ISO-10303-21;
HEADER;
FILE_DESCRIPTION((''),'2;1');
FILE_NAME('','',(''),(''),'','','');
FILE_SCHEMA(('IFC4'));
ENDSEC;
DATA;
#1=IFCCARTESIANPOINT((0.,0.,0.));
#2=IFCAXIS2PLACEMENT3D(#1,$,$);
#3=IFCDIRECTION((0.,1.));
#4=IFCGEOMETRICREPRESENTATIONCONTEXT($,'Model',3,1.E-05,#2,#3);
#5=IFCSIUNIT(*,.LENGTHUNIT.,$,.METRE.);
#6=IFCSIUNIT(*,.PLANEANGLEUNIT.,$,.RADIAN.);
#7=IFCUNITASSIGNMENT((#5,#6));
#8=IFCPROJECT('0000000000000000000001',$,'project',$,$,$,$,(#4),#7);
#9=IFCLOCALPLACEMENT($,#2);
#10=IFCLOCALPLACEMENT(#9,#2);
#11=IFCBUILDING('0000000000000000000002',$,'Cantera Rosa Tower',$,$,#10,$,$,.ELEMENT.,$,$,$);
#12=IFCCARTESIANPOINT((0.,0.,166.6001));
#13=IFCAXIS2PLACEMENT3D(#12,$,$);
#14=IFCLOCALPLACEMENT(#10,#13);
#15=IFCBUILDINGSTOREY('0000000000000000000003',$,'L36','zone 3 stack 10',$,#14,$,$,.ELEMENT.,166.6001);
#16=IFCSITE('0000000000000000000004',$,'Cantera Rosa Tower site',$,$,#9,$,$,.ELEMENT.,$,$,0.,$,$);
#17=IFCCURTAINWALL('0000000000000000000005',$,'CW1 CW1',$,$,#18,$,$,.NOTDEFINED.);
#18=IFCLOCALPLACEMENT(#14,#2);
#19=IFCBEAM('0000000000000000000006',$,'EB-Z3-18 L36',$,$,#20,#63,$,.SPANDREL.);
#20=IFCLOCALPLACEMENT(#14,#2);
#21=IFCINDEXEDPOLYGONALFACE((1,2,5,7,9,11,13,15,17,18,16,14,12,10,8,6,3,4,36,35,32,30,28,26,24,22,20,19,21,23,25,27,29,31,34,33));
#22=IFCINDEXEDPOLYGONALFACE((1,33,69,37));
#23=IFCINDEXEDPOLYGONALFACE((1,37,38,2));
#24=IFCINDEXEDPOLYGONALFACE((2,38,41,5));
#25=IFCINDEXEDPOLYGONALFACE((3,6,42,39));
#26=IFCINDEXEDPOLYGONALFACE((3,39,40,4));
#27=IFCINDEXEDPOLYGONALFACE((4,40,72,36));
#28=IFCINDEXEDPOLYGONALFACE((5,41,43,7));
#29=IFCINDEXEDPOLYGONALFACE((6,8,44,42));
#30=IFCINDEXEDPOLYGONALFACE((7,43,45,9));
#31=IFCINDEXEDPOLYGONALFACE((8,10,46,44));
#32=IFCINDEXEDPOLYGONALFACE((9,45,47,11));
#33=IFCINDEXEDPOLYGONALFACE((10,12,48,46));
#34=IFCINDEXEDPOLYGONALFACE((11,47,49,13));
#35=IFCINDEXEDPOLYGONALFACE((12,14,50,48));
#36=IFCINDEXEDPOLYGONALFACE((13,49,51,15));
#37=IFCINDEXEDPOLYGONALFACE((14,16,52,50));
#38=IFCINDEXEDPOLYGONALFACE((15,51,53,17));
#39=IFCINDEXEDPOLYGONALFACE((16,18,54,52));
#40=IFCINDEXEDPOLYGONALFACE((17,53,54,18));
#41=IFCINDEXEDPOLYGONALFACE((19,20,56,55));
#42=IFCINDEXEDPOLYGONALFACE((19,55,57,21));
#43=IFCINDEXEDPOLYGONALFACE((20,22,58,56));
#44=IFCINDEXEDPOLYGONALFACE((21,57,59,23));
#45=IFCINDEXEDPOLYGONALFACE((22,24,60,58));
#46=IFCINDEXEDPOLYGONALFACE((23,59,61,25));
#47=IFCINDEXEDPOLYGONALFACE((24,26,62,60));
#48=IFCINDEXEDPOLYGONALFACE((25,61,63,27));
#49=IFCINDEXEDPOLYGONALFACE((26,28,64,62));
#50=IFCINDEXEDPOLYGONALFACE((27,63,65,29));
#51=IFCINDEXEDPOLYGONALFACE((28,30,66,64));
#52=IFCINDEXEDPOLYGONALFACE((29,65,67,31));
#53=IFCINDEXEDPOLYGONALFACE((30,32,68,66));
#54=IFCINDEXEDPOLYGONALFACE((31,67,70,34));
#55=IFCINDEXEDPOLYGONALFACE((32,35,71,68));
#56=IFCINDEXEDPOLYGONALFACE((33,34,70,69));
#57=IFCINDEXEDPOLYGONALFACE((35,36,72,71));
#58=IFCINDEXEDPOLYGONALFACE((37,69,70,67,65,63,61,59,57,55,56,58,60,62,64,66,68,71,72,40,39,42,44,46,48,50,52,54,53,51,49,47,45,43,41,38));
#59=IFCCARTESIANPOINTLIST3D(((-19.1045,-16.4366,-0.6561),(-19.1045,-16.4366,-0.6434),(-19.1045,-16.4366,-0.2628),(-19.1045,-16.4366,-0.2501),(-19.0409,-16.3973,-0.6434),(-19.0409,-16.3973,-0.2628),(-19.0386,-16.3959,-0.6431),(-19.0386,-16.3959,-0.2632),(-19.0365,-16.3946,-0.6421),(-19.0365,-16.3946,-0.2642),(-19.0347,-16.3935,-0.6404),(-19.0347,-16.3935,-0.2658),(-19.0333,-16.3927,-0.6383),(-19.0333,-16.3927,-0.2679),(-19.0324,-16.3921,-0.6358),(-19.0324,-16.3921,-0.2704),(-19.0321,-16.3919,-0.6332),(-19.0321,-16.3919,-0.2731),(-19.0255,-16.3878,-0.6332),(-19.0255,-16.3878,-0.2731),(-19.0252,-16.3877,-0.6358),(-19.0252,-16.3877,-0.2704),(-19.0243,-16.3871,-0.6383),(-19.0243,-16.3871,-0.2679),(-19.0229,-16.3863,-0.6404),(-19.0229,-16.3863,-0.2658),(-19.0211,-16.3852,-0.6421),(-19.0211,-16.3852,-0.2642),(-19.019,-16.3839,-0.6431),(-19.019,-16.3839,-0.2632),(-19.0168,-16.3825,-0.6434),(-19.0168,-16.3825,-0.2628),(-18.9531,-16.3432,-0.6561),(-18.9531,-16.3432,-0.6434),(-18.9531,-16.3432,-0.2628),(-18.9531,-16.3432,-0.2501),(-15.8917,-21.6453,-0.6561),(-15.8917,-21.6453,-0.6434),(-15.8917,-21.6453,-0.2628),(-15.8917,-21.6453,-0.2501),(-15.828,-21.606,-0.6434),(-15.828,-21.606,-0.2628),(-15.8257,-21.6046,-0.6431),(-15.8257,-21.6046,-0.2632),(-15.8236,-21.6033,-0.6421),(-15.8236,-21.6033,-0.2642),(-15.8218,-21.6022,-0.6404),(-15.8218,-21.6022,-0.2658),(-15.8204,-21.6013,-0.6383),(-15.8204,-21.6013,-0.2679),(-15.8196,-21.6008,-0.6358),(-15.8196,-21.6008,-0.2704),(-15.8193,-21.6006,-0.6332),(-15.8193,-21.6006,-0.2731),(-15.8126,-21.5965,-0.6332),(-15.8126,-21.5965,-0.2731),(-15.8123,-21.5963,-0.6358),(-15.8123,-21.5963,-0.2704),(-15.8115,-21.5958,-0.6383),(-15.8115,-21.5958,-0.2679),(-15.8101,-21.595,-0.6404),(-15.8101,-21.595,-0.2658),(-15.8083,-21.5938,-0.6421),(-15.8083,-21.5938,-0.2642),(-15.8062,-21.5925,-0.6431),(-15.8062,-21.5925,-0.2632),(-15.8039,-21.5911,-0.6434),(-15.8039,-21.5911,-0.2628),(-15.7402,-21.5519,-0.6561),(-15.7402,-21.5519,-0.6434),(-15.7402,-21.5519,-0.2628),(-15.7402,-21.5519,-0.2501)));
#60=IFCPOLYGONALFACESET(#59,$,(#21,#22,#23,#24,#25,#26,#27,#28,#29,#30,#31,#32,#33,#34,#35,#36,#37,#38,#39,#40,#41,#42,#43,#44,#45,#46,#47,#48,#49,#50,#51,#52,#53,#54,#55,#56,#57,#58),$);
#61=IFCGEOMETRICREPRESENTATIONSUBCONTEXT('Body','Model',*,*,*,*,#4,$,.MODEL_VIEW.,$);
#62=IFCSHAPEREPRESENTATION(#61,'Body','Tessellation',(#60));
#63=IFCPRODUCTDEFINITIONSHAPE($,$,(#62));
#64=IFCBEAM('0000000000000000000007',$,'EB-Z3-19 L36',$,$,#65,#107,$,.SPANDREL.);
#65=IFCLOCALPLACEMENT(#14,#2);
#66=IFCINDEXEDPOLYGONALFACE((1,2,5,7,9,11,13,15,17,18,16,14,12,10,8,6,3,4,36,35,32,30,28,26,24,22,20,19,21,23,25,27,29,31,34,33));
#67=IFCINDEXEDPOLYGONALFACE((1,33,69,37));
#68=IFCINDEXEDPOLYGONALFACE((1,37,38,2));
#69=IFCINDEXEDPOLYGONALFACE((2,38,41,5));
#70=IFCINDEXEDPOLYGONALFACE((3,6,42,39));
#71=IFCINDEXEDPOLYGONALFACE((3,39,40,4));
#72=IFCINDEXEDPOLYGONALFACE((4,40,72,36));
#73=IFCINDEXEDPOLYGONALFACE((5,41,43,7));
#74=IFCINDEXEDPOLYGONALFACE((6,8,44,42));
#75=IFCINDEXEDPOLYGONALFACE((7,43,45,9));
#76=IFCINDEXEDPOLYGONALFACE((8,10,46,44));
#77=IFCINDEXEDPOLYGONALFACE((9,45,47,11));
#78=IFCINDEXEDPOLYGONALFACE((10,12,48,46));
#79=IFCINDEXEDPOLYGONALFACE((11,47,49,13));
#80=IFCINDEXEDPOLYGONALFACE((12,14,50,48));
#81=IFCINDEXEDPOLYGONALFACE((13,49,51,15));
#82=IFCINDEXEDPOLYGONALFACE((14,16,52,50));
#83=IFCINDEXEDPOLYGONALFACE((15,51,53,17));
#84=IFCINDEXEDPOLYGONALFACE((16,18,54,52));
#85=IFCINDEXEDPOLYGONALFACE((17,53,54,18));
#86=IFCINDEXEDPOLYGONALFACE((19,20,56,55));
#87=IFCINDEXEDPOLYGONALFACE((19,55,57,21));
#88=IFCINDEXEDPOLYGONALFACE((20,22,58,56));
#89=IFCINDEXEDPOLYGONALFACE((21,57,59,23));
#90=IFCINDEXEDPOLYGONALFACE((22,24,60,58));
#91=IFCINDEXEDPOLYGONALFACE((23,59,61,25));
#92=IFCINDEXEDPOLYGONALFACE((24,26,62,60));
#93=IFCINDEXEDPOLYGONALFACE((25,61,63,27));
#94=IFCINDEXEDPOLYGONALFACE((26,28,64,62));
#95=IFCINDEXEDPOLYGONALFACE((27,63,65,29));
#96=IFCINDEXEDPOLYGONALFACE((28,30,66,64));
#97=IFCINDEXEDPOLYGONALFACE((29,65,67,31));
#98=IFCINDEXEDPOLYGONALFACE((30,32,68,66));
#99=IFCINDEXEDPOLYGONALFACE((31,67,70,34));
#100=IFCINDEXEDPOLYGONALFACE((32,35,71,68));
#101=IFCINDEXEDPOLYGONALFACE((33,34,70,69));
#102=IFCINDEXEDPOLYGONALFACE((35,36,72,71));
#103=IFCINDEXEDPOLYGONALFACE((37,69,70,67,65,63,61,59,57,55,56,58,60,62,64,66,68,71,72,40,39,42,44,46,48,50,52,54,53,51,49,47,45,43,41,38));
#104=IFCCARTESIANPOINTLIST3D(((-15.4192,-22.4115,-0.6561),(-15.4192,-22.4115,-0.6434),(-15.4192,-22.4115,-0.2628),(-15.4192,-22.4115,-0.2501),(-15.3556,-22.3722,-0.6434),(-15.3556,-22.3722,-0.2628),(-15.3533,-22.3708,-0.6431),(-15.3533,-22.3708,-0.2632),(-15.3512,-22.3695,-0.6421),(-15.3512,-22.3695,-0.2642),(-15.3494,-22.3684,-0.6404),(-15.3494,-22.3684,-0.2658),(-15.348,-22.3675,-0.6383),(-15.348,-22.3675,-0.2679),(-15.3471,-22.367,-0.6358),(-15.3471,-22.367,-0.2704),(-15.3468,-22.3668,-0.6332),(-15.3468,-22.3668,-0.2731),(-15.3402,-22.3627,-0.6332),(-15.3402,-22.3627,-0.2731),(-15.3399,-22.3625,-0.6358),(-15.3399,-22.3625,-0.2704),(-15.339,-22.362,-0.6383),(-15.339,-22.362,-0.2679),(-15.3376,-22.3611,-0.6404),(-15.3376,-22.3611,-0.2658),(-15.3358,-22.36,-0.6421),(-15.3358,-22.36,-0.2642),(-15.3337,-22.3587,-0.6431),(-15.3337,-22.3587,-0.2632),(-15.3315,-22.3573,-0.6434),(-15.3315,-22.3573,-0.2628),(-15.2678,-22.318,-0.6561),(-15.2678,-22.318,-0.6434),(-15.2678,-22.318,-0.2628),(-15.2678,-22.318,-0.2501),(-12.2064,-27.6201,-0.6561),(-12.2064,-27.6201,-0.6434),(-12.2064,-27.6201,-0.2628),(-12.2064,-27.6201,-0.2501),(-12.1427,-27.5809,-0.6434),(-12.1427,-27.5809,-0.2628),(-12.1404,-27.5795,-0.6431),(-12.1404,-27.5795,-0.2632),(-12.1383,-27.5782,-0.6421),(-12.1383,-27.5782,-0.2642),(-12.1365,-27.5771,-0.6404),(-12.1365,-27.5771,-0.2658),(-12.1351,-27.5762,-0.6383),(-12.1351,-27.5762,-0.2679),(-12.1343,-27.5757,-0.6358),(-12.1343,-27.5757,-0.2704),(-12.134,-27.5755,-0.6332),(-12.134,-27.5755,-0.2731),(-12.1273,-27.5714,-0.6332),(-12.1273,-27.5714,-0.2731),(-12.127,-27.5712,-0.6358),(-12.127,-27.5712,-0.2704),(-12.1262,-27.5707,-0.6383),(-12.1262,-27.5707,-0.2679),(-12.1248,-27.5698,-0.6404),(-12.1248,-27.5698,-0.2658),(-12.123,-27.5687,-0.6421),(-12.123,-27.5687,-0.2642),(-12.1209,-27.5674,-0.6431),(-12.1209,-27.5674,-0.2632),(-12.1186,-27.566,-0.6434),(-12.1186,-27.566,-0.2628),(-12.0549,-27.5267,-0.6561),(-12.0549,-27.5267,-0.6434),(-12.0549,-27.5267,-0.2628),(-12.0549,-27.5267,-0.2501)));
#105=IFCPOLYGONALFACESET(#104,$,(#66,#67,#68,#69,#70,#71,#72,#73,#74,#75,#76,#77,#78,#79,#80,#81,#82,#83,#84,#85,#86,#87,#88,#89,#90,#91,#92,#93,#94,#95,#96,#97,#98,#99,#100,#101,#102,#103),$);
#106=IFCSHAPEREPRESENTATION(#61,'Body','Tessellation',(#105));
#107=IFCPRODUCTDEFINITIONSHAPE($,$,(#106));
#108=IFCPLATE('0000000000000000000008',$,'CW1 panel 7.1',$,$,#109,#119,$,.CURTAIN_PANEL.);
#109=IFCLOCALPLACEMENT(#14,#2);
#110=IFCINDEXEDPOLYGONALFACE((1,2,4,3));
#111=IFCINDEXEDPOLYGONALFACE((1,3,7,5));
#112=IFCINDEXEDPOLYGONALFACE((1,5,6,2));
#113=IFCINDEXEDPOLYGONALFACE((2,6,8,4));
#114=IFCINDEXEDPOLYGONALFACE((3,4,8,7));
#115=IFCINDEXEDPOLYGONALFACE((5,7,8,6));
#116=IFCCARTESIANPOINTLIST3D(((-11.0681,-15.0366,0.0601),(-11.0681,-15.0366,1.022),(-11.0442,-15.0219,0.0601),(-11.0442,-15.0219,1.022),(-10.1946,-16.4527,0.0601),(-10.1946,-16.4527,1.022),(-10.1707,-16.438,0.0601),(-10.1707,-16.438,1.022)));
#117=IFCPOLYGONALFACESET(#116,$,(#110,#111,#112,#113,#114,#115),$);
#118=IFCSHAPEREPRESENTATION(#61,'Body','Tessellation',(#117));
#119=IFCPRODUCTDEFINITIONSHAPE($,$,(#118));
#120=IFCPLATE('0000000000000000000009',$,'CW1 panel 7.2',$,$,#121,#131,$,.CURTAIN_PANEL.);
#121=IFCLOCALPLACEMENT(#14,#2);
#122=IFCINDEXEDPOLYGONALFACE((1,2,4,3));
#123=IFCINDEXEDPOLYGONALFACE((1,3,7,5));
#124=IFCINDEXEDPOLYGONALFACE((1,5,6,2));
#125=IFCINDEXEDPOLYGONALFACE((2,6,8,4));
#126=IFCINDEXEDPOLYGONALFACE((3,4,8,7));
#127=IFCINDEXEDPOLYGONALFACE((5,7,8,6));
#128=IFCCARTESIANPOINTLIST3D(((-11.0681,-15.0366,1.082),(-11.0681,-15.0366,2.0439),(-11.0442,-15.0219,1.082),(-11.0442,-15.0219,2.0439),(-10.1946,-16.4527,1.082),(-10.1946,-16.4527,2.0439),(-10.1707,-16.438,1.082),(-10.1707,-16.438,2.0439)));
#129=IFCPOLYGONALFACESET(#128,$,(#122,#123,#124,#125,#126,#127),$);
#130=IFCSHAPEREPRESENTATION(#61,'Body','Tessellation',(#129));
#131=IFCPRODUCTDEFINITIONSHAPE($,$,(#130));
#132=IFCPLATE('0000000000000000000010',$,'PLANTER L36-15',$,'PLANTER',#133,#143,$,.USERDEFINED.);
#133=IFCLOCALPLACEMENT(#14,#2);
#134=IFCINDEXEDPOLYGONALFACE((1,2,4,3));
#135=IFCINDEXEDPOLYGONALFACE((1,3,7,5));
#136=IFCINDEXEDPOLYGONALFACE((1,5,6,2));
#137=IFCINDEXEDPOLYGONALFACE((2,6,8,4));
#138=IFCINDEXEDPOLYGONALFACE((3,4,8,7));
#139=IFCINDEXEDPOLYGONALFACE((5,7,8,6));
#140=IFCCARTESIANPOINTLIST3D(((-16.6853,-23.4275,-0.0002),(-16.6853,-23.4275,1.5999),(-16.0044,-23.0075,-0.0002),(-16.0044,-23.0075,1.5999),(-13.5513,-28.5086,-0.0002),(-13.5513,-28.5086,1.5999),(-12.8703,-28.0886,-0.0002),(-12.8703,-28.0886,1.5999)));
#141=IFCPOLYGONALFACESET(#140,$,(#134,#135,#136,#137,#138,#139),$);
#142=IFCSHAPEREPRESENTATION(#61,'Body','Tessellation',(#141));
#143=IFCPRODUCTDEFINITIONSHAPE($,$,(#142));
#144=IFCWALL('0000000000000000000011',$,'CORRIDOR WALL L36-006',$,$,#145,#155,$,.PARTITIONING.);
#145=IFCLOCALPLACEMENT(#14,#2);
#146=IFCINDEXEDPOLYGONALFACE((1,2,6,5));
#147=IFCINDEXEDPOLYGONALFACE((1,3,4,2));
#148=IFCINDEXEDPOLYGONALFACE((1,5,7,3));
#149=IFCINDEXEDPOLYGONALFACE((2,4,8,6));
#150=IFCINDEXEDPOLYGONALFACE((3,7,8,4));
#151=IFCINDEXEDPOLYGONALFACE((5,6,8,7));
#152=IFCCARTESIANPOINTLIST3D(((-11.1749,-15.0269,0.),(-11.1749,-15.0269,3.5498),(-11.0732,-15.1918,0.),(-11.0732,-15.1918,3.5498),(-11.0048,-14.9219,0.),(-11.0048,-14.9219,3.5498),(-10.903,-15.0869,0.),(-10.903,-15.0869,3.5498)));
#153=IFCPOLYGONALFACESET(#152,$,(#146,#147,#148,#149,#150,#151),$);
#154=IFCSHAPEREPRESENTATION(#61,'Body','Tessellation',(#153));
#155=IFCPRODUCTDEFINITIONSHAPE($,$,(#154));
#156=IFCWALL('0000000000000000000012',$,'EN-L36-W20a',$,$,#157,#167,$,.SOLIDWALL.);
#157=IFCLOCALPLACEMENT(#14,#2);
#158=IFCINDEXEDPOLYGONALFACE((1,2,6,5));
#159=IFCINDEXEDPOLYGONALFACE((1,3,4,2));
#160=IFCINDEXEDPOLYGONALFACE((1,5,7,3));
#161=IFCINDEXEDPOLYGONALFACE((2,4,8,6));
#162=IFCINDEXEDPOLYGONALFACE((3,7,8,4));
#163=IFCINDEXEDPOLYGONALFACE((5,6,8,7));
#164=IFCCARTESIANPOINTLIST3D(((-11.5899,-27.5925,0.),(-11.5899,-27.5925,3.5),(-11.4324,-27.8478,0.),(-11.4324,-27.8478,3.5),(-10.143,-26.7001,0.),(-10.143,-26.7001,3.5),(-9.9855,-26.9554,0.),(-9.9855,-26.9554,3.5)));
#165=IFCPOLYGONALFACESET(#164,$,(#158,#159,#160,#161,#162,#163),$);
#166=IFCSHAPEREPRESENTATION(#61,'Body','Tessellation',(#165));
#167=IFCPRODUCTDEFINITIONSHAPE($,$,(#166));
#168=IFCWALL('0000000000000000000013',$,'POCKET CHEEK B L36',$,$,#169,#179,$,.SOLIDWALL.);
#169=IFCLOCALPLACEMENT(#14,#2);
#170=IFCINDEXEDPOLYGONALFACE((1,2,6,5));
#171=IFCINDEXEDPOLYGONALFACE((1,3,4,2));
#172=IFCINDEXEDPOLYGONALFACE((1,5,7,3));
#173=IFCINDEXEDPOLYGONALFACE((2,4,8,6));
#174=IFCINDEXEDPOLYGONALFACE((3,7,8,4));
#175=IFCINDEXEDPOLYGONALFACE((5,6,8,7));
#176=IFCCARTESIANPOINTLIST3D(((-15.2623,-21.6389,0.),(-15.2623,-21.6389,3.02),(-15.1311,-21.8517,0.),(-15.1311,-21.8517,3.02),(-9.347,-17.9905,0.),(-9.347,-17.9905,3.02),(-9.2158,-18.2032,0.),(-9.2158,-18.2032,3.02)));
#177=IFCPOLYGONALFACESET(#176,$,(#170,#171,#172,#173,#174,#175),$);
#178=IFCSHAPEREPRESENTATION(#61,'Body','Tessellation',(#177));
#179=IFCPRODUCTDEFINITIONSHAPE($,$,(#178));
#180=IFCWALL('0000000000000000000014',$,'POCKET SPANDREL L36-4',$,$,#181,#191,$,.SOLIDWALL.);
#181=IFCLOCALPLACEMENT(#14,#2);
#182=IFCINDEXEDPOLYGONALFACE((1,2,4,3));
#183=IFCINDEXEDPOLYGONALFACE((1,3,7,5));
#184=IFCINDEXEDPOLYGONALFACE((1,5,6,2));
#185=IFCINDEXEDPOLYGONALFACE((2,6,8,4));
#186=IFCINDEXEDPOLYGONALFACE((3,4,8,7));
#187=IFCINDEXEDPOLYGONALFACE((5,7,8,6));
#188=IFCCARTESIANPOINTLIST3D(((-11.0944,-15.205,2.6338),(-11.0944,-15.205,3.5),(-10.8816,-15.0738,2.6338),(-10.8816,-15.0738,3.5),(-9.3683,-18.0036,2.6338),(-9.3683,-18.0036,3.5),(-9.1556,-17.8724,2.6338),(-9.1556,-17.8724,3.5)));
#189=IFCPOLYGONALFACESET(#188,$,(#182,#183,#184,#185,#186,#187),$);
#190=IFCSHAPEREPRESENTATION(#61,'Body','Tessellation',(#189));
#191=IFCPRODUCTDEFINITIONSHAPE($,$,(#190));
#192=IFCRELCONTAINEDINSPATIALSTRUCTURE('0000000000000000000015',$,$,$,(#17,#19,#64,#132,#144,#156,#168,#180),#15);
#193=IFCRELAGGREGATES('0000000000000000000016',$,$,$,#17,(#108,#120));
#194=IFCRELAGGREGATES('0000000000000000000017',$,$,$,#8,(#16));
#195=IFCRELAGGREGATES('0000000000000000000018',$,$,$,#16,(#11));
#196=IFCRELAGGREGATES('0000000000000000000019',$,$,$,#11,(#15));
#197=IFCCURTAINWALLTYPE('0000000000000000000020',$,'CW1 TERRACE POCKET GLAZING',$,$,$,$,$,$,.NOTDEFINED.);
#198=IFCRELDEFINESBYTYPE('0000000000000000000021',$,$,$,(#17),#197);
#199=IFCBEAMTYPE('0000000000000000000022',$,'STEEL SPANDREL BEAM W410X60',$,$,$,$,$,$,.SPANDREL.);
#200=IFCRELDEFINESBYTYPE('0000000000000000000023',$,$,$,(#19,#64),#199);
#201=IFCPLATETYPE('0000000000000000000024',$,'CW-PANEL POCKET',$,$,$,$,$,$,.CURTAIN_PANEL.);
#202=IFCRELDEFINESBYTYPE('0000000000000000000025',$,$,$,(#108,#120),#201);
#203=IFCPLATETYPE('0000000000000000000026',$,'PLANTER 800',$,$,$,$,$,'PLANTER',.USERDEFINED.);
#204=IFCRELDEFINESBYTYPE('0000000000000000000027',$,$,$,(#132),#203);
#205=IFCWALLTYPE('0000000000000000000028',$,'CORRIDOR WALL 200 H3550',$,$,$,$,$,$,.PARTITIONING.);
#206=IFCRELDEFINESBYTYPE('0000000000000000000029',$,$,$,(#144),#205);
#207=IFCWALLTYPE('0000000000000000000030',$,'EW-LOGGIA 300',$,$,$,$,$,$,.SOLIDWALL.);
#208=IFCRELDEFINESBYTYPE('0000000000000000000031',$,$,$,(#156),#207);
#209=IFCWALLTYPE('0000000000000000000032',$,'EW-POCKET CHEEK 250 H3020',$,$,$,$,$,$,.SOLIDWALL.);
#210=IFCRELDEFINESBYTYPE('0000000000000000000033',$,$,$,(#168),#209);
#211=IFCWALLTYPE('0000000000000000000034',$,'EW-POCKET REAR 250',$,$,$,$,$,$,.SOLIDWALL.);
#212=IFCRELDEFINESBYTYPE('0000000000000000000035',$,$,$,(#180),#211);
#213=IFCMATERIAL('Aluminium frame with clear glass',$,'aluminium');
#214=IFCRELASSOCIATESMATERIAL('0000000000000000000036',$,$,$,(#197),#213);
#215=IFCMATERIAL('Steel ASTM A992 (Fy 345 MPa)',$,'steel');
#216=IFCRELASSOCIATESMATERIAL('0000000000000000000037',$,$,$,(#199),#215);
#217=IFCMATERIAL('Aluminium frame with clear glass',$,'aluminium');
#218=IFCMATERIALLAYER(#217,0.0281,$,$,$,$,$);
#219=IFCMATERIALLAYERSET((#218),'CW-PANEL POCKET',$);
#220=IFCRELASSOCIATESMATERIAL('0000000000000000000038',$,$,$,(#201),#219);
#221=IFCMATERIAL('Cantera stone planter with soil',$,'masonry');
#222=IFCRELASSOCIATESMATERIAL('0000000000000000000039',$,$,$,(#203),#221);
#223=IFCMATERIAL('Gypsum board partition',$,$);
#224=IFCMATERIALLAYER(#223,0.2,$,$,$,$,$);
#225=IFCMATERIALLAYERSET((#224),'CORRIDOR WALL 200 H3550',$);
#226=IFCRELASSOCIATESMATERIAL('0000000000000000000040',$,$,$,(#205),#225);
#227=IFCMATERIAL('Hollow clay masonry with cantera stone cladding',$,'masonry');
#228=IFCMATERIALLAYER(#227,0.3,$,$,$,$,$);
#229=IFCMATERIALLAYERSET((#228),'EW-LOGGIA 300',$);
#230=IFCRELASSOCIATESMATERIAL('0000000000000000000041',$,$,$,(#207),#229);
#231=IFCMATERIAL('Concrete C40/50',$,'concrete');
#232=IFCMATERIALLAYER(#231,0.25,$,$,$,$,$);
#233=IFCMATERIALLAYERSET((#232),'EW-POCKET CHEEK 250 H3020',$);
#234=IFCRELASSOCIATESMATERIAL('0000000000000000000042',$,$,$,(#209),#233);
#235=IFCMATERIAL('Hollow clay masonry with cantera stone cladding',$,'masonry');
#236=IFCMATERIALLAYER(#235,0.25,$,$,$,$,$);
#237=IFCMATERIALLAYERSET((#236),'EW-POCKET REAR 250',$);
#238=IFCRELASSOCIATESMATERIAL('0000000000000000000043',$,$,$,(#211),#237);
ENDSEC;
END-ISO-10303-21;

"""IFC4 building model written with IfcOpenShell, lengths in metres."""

from ifc_helpers import new_model, si_unit, direction, frame, frame_2d, origin, origin_2d, place, context, subcontext, project, spatial, rectangle, i_section, extrude, material, layer, layer_set, material_profile, profile_set, type_object, element, aggregate, save


model = new_model("IFC4")

# Units and contexts
model_context = context("Model", 3, precision=1e-05, world=origin(), true_north=direction((0.0, 1.0)))
body_context = subcontext(model_context, "Body", "Model", "MODEL_VIEW")
ifc_project = project(units=[si_unit("LENGTHUNIT", "METRE"), si_unit("PLANEANGLEUNIT", "RADIAN")], contexts=[model_context])

# Site, building, storey
site_placement = place(None, origin())
site = spatial("IfcSite", under=ifc_project, at=site_placement, Name="Cantera Rosa Tower site", CompositionType="ELEMENT", RefElevation=0.0)
building_placement = place(site_placement, origin())
building = spatial("IfcBuilding", under=site, at=building_placement, Name="Cantera Rosa Tower", CompositionType="ELEMENT")
storey_placement = place(building_placement, frame((0.0, 0.0, 166.6001)))
storey = spatial("IfcBuildingStorey", under=building, at=storey_placement, Name="L36", Description="zone 3 stack 10", CompositionType="ELEMENT", Elevation=166.6001)

# Curtain wall
ifc_material_1 = material(Name="Aluminium frame with clear glass", Category="aluminium")
curtain_wall_type = type_object("IfcCurtainWallType", Name="CW1 TERRACE POCKET GLAZING", PredefinedType="NOTDEFINED", material=ifc_material_1)
curtain_wall_placement = place(storey_placement, origin())
curtain_wall = element("IfcCurtainWall", 1, at=curtain_wall_placement, inside=storey, type_object=curtain_wall_type, Name="CW1 CW1", PredefinedType="NOTDEFINED")

# Beams
ifc_material_2 = material(Name="Steel ASTM A992 (Fy 345 MPa)", Category="steel")
ifc_material_profile_1 = material_profile(ifc_material_2, i_section(OverallWidth=0.178, OverallDepth=0.406, WebThickness=0.0078, FlangeThickness=0.0127, FilletRadius=0.0103, at=origin_2d()), Name="W410X60")
ifc_profile_set_1 = profile_set([ifc_material_profile_1], Name="Steel ASTM A992 (Fy 345 MPa)")
beam_type_1 = type_object("IfcBeamType", Name="STEEL SPANDREL BEAM W410X60", PredefinedType="SPANDREL", material=ifc_profile_set_1)
for number, where, z_axis, x_axis, name in (
    (2, (-19.0288, -16.3899, -0.4531), (0.524987, -0.85111, 0.0), (0.85111, 0.524987, 0.0), "EB-Z3-18 L36"),
    (3, (-15.3435, -22.3647, -0.4531), (0.524987, -0.85111, 0.0), (0.85111, 0.524987, 0.0), "EB-Z3-19 L36"),
):
    element("IfcBeam", number, at=place(storey_placement, frame(where, z_axis=z_axis, x_axis=x_axis)), inside=storey, type_object=beam_type_1, Name=name, PredefinedType="SPANDREL", context=body_context, shape_type="SweptSolid", body=[
        extrude(i_section(OverallWidth=0.178, OverallDepth=0.406, WebThickness=0.0078, FlangeThickness=0.0127, FilletRadius=0.0103, at=origin_2d()), origin(), (0.0, 0.0, 1.0), 6.1199),
    ])

# Plates
ifc_material_3 = material(Name="Aluminium frame with clear glass", Category="aluminium")
ifc_layer_1 = layer(ifc_material_3, 0.0281)
ifc_layer_set_1 = layer_set([ifc_layer_1], Name="CW-PANEL POCKET")
plate_type_1 = type_object("IfcPlateType", Name="CW-PANEL POCKET", PredefinedType="CURTAIN_PANEL", material=ifc_layer_set_1)
plate_1_placement = place(storey_placement, frame((-10.6194, -15.7373, 0.0601), z_axis=(0.0, 0.0, 1.0), x_axis=(0.524977, -0.851117, 0.0)))
plate_1 = element("IfcPlate", 4, at=plate_1_placement, type_object=plate_type_1, Name="CW1 panel 7.1", PredefinedType="CURTAIN_PANEL", context=body_context, shape_type="SweptSolid", body=[
    extrude(rectangle(XDim=1.6638, YDim=0.0281, at=origin_2d()), origin(), (0.0, 0.0, 1.0), 0.9619),
])
plate_2_placement = place(storey_placement, frame((-10.6194, -15.7373, 1.082), z_axis=(0.0, 0.0, 1.0), x_axis=(0.524977, -0.851117, 0.0)))
plate_2 = element("IfcPlate", 5, at=plate_2_placement, type_object=plate_type_1, Name="CW1 panel 7.2", PredefinedType="CURTAIN_PANEL", context=body_context, shape_type="SweptSolid", body=[
    extrude(rectangle(XDim=1.6638, YDim=0.0281, at=origin_2d()), origin(), (0.0, 0.0, 1.0), 0.9619),
])
aggregate(curtain_wall, [plate_1, plate_2])
ifc_material_4 = material(Name="Cantera stone planter with soil", Category="masonry")
plate_type_2 = type_object("IfcPlateType", Name="PLANTER 800", ElementType="PLANTER", PredefinedType="USERDEFINED", material=ifc_material_4)
plate_3_placement = place(storey_placement, frame((-14.7778, -25.7581, -0.0002), z_axis=(0.0, 0.0, 1.0), x_axis=(0.524977, -0.851117, 0.0)))
element("IfcPlate", 6, at=plate_3_placement, inside=storey, type_object=plate_type_2, Name="PLANTER L36-15", ObjectType="PLANTER", PredefinedType="USERDEFINED", context=body_context, shape_type="SweptSolid", body=[
    extrude(rectangle(XDim=5.97, YDim=0.8, at=origin_2d()), origin(), (0.0, 0.0, 1.0), 1.6001),
])

# Walls
ifc_material_5 = material(Name="Gypsum board partition")
ifc_layer_2 = layer(ifc_material_5, 0.2)
ifc_layer_set_2 = layer_set([ifc_layer_2], Name="CORRIDOR WALL 200 H3550")
wall_type_1 = type_object("IfcWallType", Name="CORRIDOR WALL 200 H3550", PredefinedType="PARTITIONING", material=ifc_layer_set_2)
wall_1_placement = place(storey_placement, frame((-11.0898, -14.9744, 0.0), z_axis=(0.0, 0.0, 1.0), x_axis=(0.52501, -0.851096, 0.0)))
element("IfcWall", 7, at=wall_1_placement, inside=storey, type_object=wall_type_1, Name="CORRIDOR WALL L36-006", PredefinedType="PARTITIONING", context=body_context, shape_type="SweptSolid", body=[
    extrude(rectangle(XDim=0.1938, YDim=0.2, at=frame_2d((0.0969, 0.0))), origin(), (0.0, 0.0, 1.0), 3.5498),
])
ifc_material_6 = material(Name="Hollow clay masonry with cantera stone cladding", Category="masonry")
ifc_layer_3 = layer(ifc_material_6, 0.3)
ifc_layer_set_3 = layer_set([ifc_layer_3], Name="EW-LOGGIA 300")
wall_type_2 = type_object("IfcWallType", Name="EW-LOGGIA 300", PredefinedType="SOLIDWALL", material=ifc_layer_set_3)
wall_2_placement = place(storey_placement, frame((-11.5112, -27.7202, 0.0), z_axis=(0.0, 0.0, 1.0), x_axis=(0.85113, 0.524955, 0.0)))
element("IfcWall", 8, at=wall_2_placement, inside=storey, type_object=wall_type_2, Name="EN-L36-W20a", PredefinedType="SOLIDWALL", context=body_context, shape_type="SweptSolid", body=[
    extrude(rectangle(XDim=1.7, YDim=0.3, at=frame_2d((0.8501, 0.0))), origin(), (0.0, 0.0, 1.0), 3.5),
])

# Walls
ifc_material_7 = material(Name="Concrete C40/50", Category="concrete")
ifc_layer_4 = layer(ifc_material_7, 0.25)
ifc_layer_set_4 = layer_set([ifc_layer_4], Name="EW-POCKET CHEEK 250 H3020")
wall_type_3 = type_object("IfcWallType", Name="EW-POCKET CHEEK 250 H3020", PredefinedType="SOLIDWALL", material=ifc_layer_set_4)
wall_3_placement = place(storey_placement, frame((-15.1968, -21.7454, 0.0), z_axis=(0.0, 0.0, 1.0), x_axis=(0.851127, 0.52496, 0.0)))
element("IfcWall", 9, at=wall_3_placement, inside=storey, type_object=wall_type_3, Name="POCKET CHEEK B L36", PredefinedType="SOLIDWALL", context=body_context, shape_type="SweptSolid", body=[
    extrude(rectangle(XDim=6.95, YDim=0.25, at=frame_2d((3.4751, 0.0))), origin(), (0.0, 0.0, 1.0), 3.02),
])
ifc_material_8 = material(Name="Hollow clay masonry with cantera stone cladding", Category="masonry")
ifc_layer_5 = layer(ifc_material_8, 0.25)
ifc_layer_set_5 = layer_set([ifc_layer_5], Name="EW-POCKET REAR 250")
wall_type_4 = type_object("IfcWallType", Name="EW-POCKET REAR 250", PredefinedType="SOLIDWALL", material=ifc_layer_set_5)
wall_4_placement = place(storey_placement, frame((-10.988, -15.1394, 2.6338), z_axis=(0.0, 0.0, 1.0), x_axis=(0.524951, -0.851133, 0.0)))
element("IfcWall", 10, at=wall_4_placement, inside=storey, type_object=wall_type_4, Name="POCKET SPANDREL L36-4", PredefinedType="SOLIDWALL", context=body_context, shape_type="SweptSolid", body=[
    extrude(rectangle(XDim=3.2881, YDim=0.25, at=frame_2d((1.644, 0.0))), origin(), (0.0, 0.0, 1.0), 0.8662),
])

save(model, "model.ifc")
